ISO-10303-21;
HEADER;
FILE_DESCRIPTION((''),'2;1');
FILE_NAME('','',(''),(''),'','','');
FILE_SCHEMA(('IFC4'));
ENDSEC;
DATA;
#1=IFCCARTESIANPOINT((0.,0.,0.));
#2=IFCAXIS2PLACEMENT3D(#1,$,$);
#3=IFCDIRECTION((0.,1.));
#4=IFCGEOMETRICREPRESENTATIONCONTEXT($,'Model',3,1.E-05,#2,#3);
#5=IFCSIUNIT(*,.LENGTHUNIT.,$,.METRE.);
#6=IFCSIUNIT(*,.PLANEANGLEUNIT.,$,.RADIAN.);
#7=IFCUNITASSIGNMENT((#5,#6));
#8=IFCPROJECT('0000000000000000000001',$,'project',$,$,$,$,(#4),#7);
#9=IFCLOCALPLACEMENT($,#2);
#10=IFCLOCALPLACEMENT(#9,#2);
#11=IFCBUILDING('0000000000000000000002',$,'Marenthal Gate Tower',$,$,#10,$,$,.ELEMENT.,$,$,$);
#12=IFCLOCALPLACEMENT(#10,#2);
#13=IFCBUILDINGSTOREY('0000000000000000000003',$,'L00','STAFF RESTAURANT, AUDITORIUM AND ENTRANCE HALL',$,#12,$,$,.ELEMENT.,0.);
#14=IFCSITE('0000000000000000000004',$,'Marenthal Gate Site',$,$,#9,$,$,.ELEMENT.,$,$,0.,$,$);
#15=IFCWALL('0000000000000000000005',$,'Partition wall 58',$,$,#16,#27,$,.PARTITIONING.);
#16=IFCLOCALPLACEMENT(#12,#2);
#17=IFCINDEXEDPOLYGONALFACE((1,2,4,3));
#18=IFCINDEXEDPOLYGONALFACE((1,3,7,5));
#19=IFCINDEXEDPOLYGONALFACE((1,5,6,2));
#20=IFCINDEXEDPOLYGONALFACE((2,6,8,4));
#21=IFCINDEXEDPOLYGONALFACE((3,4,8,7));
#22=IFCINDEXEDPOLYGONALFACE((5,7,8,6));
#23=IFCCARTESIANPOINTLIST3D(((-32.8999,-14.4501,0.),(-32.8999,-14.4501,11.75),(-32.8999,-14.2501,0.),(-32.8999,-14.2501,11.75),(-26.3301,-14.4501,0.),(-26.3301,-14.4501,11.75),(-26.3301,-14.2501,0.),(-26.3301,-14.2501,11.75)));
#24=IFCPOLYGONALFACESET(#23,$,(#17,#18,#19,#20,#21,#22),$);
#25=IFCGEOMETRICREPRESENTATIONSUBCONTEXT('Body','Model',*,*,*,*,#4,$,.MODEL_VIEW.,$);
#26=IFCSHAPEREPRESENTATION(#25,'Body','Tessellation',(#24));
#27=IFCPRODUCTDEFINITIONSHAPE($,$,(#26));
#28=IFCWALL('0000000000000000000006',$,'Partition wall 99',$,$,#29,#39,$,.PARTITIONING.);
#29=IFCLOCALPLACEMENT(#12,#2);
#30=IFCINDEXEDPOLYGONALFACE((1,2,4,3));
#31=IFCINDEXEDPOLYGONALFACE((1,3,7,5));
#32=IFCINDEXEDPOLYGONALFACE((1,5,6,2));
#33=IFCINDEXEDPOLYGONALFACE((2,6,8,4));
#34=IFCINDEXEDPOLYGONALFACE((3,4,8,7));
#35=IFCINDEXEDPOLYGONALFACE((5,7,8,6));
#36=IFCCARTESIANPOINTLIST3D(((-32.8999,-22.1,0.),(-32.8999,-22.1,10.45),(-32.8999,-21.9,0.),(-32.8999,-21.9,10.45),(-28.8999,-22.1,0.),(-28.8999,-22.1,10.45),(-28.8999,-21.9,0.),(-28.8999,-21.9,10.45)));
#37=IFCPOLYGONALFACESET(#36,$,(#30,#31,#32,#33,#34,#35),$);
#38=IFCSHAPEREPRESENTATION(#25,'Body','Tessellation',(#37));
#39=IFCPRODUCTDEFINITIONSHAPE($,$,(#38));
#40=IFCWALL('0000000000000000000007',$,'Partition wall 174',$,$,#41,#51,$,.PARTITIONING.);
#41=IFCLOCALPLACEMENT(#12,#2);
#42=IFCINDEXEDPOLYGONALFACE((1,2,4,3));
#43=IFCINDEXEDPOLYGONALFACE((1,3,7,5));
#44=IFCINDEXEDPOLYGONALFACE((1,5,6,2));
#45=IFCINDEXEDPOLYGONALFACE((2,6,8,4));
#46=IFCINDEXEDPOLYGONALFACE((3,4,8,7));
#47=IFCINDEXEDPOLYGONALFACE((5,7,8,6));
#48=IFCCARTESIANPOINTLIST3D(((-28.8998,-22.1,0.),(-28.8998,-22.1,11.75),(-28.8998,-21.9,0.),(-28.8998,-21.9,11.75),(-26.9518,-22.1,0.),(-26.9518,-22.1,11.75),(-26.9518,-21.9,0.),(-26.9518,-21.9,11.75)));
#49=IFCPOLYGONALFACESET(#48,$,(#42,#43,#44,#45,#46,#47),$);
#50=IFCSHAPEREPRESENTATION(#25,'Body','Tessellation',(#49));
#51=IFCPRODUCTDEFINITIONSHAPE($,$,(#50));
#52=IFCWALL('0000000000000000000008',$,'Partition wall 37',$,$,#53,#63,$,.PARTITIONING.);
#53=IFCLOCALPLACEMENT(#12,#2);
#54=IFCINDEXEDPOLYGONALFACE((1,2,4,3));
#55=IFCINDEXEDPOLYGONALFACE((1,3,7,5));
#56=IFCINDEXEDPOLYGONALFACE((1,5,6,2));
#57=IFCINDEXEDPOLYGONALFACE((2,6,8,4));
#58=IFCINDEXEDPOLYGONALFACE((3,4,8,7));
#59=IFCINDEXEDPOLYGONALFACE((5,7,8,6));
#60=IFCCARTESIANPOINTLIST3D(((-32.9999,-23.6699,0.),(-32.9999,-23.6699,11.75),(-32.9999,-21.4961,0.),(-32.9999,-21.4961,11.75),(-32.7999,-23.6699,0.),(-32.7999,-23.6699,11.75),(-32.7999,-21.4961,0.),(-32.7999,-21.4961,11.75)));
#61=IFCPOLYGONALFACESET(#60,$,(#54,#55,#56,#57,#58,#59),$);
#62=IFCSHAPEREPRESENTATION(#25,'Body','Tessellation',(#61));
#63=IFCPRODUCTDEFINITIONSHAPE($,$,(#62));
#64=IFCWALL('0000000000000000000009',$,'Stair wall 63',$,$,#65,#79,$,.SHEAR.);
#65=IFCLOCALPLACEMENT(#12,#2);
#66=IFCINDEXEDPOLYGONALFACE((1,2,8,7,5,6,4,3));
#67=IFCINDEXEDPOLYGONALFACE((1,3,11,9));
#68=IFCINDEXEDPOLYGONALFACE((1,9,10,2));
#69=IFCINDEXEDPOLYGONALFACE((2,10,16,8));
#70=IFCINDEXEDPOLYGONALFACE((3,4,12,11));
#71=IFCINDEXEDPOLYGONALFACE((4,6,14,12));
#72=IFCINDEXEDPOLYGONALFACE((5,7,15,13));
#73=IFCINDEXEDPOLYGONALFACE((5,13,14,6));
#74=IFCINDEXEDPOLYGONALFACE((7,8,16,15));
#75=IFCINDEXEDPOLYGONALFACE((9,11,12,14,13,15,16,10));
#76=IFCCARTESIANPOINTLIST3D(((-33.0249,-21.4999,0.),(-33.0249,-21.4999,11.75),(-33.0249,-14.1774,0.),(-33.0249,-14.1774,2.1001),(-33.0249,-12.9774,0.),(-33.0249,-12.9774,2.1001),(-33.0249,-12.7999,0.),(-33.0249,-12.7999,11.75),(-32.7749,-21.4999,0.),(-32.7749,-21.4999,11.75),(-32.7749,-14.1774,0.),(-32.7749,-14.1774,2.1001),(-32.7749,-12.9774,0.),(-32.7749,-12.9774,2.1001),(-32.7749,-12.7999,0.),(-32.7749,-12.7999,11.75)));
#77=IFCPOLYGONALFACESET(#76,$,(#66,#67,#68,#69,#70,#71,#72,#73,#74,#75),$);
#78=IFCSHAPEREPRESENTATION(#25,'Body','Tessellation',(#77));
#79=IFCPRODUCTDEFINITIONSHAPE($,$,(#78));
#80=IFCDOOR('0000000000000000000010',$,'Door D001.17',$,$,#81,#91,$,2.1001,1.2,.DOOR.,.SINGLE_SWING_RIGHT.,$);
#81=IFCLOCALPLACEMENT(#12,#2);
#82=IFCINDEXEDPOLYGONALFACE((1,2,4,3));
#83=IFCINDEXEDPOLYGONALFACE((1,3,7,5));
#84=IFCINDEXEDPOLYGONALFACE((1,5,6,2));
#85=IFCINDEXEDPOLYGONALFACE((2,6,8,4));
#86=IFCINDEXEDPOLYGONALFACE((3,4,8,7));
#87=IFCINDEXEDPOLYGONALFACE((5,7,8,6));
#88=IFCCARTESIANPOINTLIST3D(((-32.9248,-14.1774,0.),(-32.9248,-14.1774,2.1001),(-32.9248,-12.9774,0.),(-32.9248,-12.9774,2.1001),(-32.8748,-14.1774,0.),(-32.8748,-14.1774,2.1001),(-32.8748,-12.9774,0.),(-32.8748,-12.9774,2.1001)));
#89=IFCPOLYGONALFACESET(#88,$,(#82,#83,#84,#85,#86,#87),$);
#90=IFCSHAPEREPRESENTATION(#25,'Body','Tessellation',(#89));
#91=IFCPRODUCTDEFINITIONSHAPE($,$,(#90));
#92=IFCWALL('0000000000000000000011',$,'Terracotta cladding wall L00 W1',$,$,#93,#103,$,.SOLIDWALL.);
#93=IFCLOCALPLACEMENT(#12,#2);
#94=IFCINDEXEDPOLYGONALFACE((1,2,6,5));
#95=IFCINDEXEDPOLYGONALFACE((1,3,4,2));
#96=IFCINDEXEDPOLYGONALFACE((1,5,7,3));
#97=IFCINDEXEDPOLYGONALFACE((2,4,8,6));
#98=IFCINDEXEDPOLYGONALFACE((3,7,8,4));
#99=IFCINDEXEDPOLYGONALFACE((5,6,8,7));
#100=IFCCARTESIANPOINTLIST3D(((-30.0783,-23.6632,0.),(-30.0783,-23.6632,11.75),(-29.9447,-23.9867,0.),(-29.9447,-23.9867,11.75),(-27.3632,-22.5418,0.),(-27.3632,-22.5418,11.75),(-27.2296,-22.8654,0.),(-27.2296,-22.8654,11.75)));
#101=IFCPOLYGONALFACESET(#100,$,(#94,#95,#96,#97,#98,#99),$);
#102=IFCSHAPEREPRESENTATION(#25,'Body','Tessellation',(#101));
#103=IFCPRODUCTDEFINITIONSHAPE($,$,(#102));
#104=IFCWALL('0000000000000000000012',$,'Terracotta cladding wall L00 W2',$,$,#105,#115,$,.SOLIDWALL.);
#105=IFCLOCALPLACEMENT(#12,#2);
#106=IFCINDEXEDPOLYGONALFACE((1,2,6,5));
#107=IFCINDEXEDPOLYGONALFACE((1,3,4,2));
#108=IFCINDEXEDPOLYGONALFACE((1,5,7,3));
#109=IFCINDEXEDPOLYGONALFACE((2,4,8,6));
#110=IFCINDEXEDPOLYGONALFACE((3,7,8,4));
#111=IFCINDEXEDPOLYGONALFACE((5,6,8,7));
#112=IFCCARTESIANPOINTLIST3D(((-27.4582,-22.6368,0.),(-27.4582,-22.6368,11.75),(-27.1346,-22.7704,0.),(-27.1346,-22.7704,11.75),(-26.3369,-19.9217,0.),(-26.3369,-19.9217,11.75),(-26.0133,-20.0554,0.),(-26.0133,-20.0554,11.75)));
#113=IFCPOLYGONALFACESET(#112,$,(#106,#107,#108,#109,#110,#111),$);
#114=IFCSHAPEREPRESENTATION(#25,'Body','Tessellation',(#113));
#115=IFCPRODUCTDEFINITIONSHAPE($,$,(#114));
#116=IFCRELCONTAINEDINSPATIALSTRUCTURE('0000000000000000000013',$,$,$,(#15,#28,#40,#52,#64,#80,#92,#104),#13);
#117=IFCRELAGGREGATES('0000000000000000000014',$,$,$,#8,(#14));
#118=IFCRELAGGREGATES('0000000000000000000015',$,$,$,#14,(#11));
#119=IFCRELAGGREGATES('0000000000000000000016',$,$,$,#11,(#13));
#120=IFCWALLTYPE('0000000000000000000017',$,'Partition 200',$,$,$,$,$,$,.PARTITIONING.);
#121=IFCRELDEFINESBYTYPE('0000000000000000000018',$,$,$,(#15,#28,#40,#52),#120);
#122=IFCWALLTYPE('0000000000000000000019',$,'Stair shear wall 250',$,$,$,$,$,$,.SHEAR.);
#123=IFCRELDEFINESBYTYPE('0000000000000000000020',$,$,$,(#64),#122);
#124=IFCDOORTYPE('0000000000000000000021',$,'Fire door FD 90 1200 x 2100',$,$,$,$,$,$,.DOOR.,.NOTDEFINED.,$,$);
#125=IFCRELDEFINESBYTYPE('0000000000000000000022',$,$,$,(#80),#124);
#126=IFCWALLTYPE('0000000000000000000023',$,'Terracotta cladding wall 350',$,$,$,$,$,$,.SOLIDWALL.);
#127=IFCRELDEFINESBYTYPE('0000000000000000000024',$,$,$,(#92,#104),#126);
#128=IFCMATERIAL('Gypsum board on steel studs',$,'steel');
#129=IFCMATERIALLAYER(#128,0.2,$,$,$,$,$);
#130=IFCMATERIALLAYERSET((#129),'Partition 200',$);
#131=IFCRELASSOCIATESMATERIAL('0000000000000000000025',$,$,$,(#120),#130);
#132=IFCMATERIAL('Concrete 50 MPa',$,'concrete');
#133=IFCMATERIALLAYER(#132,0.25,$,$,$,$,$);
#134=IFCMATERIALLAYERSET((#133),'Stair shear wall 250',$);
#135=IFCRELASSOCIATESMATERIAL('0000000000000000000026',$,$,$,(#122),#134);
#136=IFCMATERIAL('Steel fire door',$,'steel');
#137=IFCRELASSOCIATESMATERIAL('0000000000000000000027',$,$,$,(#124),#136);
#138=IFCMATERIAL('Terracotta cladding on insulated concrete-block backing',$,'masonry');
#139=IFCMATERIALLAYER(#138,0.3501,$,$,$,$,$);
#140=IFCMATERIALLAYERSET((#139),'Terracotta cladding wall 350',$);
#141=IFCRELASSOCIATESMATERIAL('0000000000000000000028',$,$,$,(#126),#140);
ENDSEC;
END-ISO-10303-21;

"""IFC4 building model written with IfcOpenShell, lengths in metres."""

from ifc_helpers import new_model, si_unit, direction, frame, frame_2d, origin, place, context, subcontext, project, spatial, rectangle, extrude, material, layer, layer_set, type_object, element, fill, save


model = new_model("IFC4")

# Units and contexts
model_context = context("Model", 3, precision=1e-05, world=origin(), true_north=direction((0.0, 1.0)))
body_context = subcontext(model_context, "Body", "Model", "MODEL_VIEW")
ifc_project = project(units=[si_unit("LENGTHUNIT", "METRE"), si_unit("PLANEANGLEUNIT", "RADIAN")], contexts=[model_context])

# Site, building, storey
site_placement = place(None, origin())
site = spatial("IfcSite", under=ifc_project, at=site_placement, Name="Marenthal Gate Site", CompositionType="ELEMENT", RefElevation=0.0)
building_placement = place(site_placement, origin())
building = spatial("IfcBuilding", under=site, at=building_placement, Name="Marenthal Gate Tower", CompositionType="ELEMENT")
storey_placement = place(building_placement, origin())
storey = spatial("IfcBuildingStorey", under=building, at=storey_placement, Name="L00", Description="STAFF RESTAURANT, AUDITORIUM AND ENTRANCE HALL", CompositionType="ELEMENT", Elevation=0.0)

# Walls
ifc_material_1 = material(Name="Gypsum board on steel studs", Category="steel")
ifc_layer_1 = layer(ifc_material_1, 0.2)
ifc_layer_set_1 = layer_set([ifc_layer_1], Name="Partition 200")
wall_type_1 = type_object("IfcWallType", Name="Partition 200", PredefinedType="PARTITIONING", material=ifc_layer_set_1)
wall_1_placement = place(storey_placement, frame((-32.8999, -14.3501, 0.0), z_axis=(0.0, 0.0, 1.0), x_axis=(1.0, 0.0, 0.0)))
element("IfcWall", 1, at=wall_1_placement, inside=storey, type_object=wall_type_1, Name="Partition wall 58", PredefinedType="PARTITIONING", context=body_context, shape_type="SweptSolid", body=[
    extrude(rectangle(XDim=6.5698, YDim=0.2, at=frame_2d((3.2849, 0.0))), origin(), (0.0, 0.0, 1.0), 11.75),
])
wall_2_placement = place(storey_placement, frame((-32.8999, -22.0, 0.0), z_axis=(0.0, 0.0, 1.0), x_axis=(1.0, 0.0, 0.0)))
element("IfcWall", 2, at=wall_2_placement, inside=storey, type_object=wall_type_1, Name="Partition wall 99", PredefinedType="PARTITIONING", context=body_context, shape_type="SweptSolid", body=[
    extrude(rectangle(XDim=4.0, YDim=0.2, at=frame_2d((2.0, 0.0))), origin(), (0.0, 0.0, 1.0), 10.45),
])
wall_3_placement = place(storey_placement, frame((-28.8999, -22.0, 0.0), z_axis=(0.0, 0.0, 1.0), x_axis=(1.0, 0.0, 0.0)))
element("IfcWall", 3, at=wall_3_placement, inside=storey, type_object=wall_type_1, Name="Partition wall 174", PredefinedType="PARTITIONING", context=body_context, shape_type="SweptSolid", body=[
    extrude(rectangle(XDim=1.948, YDim=0.2, at=frame_2d((0.9741, 0.0))), origin(), (0.0, 0.0, 1.0), 11.75),
])
wall_4_placement = place(storey_placement, frame((-32.8999, -23.6699, 0.0), z_axis=(0.0, 0.0, 1.0), x_axis=(0.0, 1.0, 0.0)))
element("IfcWall", 4, at=wall_4_placement, inside=storey, type_object=wall_type_1, Name="Partition wall 37", PredefinedType="PARTITIONING", context=body_context, shape_type="SweptSolid", body=[
    extrude(rectangle(XDim=2.1738, YDim=0.2, at=frame_2d((1.0869, 0.0))), origin(), (0.0, 0.0, 1.0), 11.75),
])

# Wall, opening, door
ifc_material_2 = material(Name="Concrete 50 MPa", Category="concrete")
ifc_layer_2 = layer(ifc_material_2, 0.25)
ifc_layer_set_2 = layer_set([ifc_layer_2], Name="Stair shear wall 250")
wall_type_2 = type_object("IfcWallType", Name="Stair shear wall 250", PredefinedType="SHEAR", material=ifc_layer_set_2)
wall_5_placement = place(storey_placement, frame((-32.8999, -21.5, 0.0), z_axis=(0.0, 0.0, 1.0), x_axis=(0.0, 1.0, 0.0)))
wall_5 = element("IfcWall", 5, at=wall_5_placement, inside=storey, type_object=wall_type_2, Name="Stair wall 63", PredefinedType="SHEAR", context=body_context, shape_type="SweptSolid", body=[
    extrude(rectangle(XDim=8.7, YDim=0.25, at=frame_2d((4.3501, 0.0))), origin(), (0.0, 0.0, 1.0), 11.75),
])
opening_1_placement = place(wall_5_placement, frame((7.3225, 0.0, 0.0)))
opening_1 = element("IfcOpeningElement", 6, at=opening_1_placement, cuts=wall_5, PredefinedType="OPENING", context=body_context, shape_type="SweptSolid", body=[
    extrude(rectangle(XDim=1.2, YDim=2.1001, at=frame_2d((0.6001, 1.05))), frame((0.0, 0.135, 0.0), z_axis=(0.0, -1.0, 0.0), x_axis=(1.0, 0.0, 0.0)), (0.0, 0.0, 1.0), 0.27),
])
ifc_material_3 = material(Name="Steel fire door", Category="steel")
door_type_1 = type_object("IfcDoorType", Name="Fire door FD 90 1200 x 2100", OperationType="NOTDEFINED", PredefinedType="DOOR", material=ifc_material_3)
door_1_placement = place(opening_1_placement, origin())
door_1 = element("IfcDoor", 7, at=door_1_placement, inside=storey, type_object=door_type_1, Name="Door D001.17", OperationType="SINGLE_SWING_RIGHT", OverallHeight=2.1001, OverallWidth=1.2, PredefinedType="DOOR", context=body_context, shape_type="SweptSolid", body=[
    extrude(rectangle(XDim=1.2, YDim=2.1001, at=frame_2d((0.6001, 1.05))), frame((0.0, 0.0249, 0.0), z_axis=(0.0, -1.0, 0.0), x_axis=(1.0, 0.0, 0.0)), (0.0, 0.0, 1.0), 0.05),
])
fill(opening_1, door_1)

# Walls
ifc_material_4 = material(Name="Terracotta cladding on insulated concrete-block backing", Category="masonry")
ifc_layer_3 = layer(ifc_material_4, 0.3501)
ifc_layer_set_3 = layer_set([ifc_layer_3], Name="Terracotta cladding wall 350")
wall_type_3 = type_object("IfcWallType", Name="Terracotta cladding wall 350", PredefinedType="SOLIDWALL", material=ifc_layer_set_3)
for number, where, z_axis, x_axis, name in (
    (8, (-30.0115, -23.825, 0.0), (0.0, 0.0, 1.0), (0.924275, 0.381728, 0.0), "Terracotta cladding wall L00 W1"),
    (9, (-27.2964, -22.7036, 0.0), (0.0, 0.0, 1.0), (0.381728, 0.924275, 0.0), "Terracotta cladding wall L00 W2"),
):
    element("IfcWall", number, at=place(storey_placement, frame(where, z_axis=z_axis, x_axis=x_axis)), inside=storey, type_object=wall_type_3, Name=name, PredefinedType="SOLIDWALL", context=body_context, shape_type="SweptSolid", body=[
        extrude(rectangle(XDim=2.9375, YDim=0.3501, at=frame_2d((1.4688, 0.0))), origin(), (0.0, 0.0, 1.0), 11.75),
    ])

save(model, "model.ifc")
